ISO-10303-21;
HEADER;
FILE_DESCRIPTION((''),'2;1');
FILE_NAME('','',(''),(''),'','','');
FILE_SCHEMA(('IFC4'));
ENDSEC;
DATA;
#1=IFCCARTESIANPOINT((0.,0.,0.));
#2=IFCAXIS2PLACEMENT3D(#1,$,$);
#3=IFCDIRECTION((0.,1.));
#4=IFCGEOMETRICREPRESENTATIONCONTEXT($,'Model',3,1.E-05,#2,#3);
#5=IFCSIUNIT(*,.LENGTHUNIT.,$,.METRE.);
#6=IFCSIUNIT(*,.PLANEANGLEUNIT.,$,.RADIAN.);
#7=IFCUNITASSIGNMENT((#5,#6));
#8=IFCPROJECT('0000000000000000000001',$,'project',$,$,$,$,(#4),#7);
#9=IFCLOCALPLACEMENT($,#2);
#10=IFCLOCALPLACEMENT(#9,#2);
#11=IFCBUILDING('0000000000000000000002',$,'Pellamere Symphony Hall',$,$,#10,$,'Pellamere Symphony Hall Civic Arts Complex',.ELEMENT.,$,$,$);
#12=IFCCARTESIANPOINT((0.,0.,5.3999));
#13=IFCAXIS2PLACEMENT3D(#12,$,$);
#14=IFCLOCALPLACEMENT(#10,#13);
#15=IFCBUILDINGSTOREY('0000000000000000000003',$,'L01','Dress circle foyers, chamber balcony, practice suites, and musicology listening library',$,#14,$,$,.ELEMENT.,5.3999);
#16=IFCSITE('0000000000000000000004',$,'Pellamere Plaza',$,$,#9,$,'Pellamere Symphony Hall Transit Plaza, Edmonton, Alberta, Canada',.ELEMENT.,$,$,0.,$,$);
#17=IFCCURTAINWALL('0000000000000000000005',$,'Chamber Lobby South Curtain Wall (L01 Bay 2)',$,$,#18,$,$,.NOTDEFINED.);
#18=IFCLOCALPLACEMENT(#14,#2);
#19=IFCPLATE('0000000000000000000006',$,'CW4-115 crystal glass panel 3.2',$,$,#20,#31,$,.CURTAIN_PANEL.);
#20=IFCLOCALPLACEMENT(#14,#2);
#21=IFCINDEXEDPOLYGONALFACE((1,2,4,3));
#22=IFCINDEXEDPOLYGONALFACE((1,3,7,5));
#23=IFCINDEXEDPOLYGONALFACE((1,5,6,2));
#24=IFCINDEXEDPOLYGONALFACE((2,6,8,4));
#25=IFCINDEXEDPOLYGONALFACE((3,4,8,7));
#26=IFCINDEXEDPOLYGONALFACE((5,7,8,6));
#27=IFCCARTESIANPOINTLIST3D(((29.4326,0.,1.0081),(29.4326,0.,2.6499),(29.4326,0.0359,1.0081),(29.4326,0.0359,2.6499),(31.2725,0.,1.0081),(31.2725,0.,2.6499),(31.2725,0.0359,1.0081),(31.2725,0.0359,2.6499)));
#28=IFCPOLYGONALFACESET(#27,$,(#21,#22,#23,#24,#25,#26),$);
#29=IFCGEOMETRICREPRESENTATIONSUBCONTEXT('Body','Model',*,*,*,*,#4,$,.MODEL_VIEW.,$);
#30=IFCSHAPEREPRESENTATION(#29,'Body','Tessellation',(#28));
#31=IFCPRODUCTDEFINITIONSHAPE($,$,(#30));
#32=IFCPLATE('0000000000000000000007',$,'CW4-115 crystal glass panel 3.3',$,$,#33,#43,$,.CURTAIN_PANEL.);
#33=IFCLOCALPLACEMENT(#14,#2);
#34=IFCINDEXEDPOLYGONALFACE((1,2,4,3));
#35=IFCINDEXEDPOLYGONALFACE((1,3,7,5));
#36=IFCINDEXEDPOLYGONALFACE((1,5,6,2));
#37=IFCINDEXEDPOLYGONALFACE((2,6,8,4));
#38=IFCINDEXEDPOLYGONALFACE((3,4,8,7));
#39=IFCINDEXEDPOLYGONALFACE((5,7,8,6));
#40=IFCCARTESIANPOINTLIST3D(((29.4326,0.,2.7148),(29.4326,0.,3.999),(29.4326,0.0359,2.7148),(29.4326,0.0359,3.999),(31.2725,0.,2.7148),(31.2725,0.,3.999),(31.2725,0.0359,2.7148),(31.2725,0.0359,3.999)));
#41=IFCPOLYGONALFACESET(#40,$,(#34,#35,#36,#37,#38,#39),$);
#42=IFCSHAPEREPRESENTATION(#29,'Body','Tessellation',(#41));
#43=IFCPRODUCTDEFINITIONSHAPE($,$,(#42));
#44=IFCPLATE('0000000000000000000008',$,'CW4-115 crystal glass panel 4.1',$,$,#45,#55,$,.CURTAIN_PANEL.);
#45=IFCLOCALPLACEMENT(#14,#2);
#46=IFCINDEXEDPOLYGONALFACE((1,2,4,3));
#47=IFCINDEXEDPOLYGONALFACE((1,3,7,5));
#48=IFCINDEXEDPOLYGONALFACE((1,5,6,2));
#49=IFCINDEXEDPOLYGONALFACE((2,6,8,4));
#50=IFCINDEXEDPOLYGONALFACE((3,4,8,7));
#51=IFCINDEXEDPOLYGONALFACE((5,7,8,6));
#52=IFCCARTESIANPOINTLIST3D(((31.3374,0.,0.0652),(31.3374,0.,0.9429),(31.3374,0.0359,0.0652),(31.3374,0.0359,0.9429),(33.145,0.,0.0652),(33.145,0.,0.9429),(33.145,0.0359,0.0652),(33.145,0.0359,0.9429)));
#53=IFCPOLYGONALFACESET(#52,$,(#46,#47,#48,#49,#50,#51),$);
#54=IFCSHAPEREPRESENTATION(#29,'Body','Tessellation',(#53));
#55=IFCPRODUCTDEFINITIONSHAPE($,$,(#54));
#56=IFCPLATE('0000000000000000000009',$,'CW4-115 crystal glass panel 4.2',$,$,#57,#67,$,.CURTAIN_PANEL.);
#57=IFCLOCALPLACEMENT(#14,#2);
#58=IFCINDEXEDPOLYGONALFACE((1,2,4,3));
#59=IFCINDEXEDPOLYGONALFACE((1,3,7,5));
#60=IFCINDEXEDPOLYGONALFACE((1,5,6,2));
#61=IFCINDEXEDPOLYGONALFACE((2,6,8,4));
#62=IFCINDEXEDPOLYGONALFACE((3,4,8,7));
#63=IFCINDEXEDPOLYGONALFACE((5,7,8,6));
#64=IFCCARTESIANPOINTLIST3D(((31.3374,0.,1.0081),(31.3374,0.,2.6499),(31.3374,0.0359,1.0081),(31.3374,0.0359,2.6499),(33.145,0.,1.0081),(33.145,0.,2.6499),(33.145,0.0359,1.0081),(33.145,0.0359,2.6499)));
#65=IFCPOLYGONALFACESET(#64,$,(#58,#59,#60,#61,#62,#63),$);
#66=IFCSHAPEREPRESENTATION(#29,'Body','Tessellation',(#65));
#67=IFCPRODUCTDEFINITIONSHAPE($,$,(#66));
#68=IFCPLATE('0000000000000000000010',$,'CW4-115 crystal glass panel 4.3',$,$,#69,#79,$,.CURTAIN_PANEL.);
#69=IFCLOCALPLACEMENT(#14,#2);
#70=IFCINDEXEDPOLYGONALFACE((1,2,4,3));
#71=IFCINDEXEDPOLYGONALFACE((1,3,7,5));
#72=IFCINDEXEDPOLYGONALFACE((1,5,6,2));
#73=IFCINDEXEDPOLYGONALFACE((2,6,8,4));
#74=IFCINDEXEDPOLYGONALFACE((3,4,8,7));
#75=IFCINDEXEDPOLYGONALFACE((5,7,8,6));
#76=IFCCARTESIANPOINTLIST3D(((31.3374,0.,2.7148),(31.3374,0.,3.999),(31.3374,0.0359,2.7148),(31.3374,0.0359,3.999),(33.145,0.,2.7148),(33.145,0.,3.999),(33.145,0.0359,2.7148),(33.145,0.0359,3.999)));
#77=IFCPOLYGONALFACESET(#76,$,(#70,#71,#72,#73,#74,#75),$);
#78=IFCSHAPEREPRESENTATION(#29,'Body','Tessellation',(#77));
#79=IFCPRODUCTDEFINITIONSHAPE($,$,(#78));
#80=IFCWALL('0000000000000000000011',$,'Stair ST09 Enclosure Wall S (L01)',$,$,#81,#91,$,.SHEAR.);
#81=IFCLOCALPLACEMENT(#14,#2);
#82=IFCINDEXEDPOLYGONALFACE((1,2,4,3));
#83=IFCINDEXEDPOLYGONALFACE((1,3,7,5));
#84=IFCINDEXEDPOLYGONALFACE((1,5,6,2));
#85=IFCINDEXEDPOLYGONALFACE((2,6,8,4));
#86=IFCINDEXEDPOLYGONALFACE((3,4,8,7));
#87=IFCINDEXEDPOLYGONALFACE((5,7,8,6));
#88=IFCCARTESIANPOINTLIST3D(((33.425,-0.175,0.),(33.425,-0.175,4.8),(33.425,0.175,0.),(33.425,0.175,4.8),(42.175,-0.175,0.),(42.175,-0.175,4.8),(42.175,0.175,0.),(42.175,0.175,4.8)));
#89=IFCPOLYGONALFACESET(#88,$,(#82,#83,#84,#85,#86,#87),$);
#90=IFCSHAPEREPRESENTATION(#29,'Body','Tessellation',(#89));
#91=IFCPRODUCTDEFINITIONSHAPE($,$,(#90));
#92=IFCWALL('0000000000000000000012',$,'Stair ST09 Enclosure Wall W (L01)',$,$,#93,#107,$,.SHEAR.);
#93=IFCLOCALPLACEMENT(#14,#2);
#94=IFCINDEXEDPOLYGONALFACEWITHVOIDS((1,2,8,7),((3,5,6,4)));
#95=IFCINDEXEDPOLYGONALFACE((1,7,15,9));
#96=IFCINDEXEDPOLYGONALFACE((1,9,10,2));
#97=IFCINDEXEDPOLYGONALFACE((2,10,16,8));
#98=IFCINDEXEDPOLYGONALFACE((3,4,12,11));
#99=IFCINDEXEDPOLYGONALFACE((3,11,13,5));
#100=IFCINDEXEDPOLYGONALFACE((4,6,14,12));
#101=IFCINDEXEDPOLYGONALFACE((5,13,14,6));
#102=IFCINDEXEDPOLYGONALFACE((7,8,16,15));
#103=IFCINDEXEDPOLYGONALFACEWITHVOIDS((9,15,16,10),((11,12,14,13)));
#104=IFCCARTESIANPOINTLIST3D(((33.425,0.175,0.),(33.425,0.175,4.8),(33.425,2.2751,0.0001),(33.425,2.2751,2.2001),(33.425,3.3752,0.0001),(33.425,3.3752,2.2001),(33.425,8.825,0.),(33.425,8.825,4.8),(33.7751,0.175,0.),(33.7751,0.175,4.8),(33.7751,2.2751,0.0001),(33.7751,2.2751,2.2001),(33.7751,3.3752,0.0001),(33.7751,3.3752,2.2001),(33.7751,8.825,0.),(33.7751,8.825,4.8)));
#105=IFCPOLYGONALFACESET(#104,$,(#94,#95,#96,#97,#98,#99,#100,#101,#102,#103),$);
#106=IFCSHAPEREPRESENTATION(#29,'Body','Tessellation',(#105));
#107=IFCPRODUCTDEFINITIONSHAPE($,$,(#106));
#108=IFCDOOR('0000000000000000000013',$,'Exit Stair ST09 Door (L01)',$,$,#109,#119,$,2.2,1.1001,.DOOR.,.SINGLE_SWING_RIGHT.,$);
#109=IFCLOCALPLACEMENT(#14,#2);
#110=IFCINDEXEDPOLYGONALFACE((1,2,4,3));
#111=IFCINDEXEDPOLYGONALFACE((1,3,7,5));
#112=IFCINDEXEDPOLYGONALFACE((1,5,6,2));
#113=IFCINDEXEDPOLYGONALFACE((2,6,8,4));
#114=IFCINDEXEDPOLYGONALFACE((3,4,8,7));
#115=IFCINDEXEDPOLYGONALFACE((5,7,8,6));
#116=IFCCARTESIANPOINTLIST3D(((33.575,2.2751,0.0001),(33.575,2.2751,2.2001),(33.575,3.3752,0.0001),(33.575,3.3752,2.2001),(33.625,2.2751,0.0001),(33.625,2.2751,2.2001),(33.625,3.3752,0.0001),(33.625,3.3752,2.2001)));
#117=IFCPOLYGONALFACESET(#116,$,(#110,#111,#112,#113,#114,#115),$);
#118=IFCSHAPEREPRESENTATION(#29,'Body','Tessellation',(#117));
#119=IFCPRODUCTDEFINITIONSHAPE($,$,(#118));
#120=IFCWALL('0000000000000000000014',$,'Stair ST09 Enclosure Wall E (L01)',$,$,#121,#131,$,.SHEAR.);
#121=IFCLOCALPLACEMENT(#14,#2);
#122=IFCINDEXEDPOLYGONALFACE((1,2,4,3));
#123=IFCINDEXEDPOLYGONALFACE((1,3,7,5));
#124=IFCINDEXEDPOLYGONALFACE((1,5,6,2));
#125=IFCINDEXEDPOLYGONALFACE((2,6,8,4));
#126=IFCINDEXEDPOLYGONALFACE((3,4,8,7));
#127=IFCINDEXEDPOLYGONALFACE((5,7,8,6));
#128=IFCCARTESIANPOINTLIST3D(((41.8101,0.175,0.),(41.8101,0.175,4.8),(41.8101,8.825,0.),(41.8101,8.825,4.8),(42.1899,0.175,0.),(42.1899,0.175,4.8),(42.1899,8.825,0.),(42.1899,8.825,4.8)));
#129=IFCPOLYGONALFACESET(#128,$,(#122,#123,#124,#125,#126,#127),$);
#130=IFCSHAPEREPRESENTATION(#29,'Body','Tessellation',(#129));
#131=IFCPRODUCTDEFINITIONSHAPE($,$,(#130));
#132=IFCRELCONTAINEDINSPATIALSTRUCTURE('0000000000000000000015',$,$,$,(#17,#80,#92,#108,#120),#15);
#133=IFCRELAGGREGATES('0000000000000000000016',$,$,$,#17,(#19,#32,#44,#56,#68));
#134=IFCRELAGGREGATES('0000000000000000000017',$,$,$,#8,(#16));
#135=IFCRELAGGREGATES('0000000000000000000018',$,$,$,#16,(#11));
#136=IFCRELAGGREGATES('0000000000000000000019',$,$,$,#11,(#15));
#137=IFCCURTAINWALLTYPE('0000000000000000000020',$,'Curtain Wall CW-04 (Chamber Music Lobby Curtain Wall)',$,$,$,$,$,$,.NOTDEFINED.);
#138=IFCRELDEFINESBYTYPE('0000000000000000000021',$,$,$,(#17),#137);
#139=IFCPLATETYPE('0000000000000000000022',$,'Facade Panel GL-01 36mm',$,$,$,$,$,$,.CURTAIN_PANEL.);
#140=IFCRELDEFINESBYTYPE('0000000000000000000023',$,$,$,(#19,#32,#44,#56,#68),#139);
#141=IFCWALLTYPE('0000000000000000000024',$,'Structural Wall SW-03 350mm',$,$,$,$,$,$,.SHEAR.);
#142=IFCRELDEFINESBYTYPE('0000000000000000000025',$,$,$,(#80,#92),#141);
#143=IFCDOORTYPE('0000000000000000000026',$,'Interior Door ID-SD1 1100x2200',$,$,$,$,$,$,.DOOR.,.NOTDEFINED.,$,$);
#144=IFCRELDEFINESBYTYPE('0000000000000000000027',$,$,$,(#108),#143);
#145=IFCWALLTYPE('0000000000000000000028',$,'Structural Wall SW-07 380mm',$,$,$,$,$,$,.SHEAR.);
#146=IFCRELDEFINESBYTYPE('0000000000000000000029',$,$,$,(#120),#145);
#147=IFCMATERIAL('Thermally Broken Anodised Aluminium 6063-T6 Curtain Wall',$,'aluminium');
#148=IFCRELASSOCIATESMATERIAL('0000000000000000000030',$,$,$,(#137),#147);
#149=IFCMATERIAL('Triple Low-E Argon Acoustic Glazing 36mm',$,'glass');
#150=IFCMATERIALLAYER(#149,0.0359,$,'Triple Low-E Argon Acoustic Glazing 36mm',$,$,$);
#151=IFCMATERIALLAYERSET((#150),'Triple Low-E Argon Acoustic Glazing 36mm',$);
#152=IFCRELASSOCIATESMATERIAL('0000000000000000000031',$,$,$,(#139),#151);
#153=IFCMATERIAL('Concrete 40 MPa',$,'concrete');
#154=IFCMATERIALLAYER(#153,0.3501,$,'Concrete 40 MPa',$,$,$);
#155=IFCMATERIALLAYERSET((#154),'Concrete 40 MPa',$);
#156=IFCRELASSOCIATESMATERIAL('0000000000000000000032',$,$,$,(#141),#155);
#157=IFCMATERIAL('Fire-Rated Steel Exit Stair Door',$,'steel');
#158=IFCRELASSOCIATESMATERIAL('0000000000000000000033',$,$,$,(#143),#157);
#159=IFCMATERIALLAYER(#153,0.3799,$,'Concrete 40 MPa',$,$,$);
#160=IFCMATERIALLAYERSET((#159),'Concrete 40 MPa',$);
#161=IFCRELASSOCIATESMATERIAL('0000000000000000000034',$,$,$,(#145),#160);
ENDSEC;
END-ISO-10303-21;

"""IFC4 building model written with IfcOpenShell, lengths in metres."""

from ifc_helpers import new_model, si_unit, direction, frame, frame_2d, origin, place, context, subcontext, project, spatial, polyline, rectangle, outline, extrude, material, layer, layer_set, type_object, element, fill, aggregate, save


model = new_model("IFC4")

# Units and contexts
model_context = context("Model", 3, precision=1e-05, world=origin(), true_north=direction((0.0, 1.0)))
body_context = subcontext(model_context, "Body", "Model", "MODEL_VIEW")
ifc_project = project(units=[si_unit("LENGTHUNIT", "METRE"), si_unit("PLANEANGLEUNIT", "RADIAN")], contexts=[model_context])

# Site, building, storey
site_placement = place(None, origin())
site = spatial("IfcSite", under=ifc_project, at=site_placement, Name="Pellamere Plaza", LongName="Pellamere Symphony Hall Transit Plaza, Edmonton, Alberta, Canada", CompositionType="ELEMENT", RefElevation=0.0)
building_placement = place(site_placement, origin())
building = spatial("IfcBuilding", under=site, at=building_placement, Name="Pellamere Symphony Hall", LongName="Pellamere Symphony Hall Civic Arts Complex", CompositionType="ELEMENT")
storey_placement = place(building_placement, frame((0.0, 0.0, 5.3999)))
storey = spatial("IfcBuildingStorey", under=building, at=storey_placement, Name="L01", Description="Dress circle foyers, chamber balcony, practice suites, and musicology listening library", CompositionType="ELEMENT", Elevation=5.3999)

# Shared definitions
ifc_material_1 = material(Name="Concrete 40 MPa", Category="concrete")

# Curtain wall, plates
ifc_material_2 = material(Name="Thermally Broken Anodised Aluminium 6063-T6 Curtain Wall", Category="aluminium")
curtain_wall_type = type_object("IfcCurtainWallType", Name="Curtain Wall CW-04 (Chamber Music Lobby Curtain Wall)", PredefinedType="NOTDEFINED", material=ifc_material_2)
curtain_wall_placement = place(storey_placement, origin())
curtain_wall = element("IfcCurtainWall", 1, at=curtain_wall_placement, inside=storey, type_object=curtain_wall_type, Name="Chamber Lobby South Curtain Wall (L01 Bay 2)", PredefinedType="NOTDEFINED")
ifc_material_3 = material(Name="Triple Low-E Argon Acoustic Glazing 36mm", Category="glass")
ifc_layer_1 = layer(ifc_material_3, 0.0359, Name="Triple Low-E Argon Acoustic Glazing 36mm")
ifc_layer_set_1 = layer_set([ifc_layer_1], Name="Triple Low-E Argon Acoustic Glazing 36mm")
plate_type = type_object("IfcPlateType", Name="Facade Panel GL-01 36mm", PredefinedType="CURTAIN_PANEL", material=ifc_layer_set_1)
plate_1_placement = place(storey_placement, frame((29.4326, 0.0, 1.0081), z_axis=(0.0, -1.0, 0.0), x_axis=(1.0, 0.0, 0.0)))
plate_1 = element("IfcPlate", 2, at=plate_1_placement, type_object=plate_type, Name="CW4-115 crystal glass panel 3.2", PredefinedType="CURTAIN_PANEL", context=body_context, shape_type="SweptSolid", body=[
    extrude(outline(polyline([(0.0, 0.0), (1.8398, 0.0), (1.8398, 1.6418), (0.0, 1.6418), (0.0, 0.0)])), origin(), (0.0, 0.0, -1.0), 0.0359),
])
plate_2_placement = place(storey_placement, frame((29.4326, 0.0, 2.7148), z_axis=(0.0, -1.0, 0.0), x_axis=(1.0, 0.0, 0.0)))
plate_2 = element("IfcPlate", 3, at=plate_2_placement, type_object=plate_type, Name="CW4-115 crystal glass panel 3.3", PredefinedType="CURTAIN_PANEL", context=body_context, shape_type="SweptSolid", body=[
    extrude(outline(polyline([(0.0, 0.0), (1.8398, 0.0), (1.8398, 1.2842), (0.0, 1.2842), (0.0, 0.0)])), origin(), (0.0, 0.0, -1.0), 0.0359),
])
plate_3_placement = place(storey_placement, frame((31.3374, 0.0, 0.0652), z_axis=(0.0, -1.0, 0.0), x_axis=(1.0, 0.0, 0.0)))
plate_3 = element("IfcPlate", 4, at=plate_3_placement, type_object=plate_type, Name="CW4-115 crystal glass panel 4.1", PredefinedType="CURTAIN_PANEL", context=body_context, shape_type="SweptSolid", body=[
    extrude(outline(polyline([(0.0, 0.0), (1.8076, 0.0), (1.8076, 0.8777), (0.0, 0.8777), (0.0, 0.0)])), origin(), (0.0, 0.0, -1.0), 0.0359),
])
plate_4_placement = place(storey_placement, frame((31.3374, 0.0, 1.0081), z_axis=(0.0, -1.0, 0.0), x_axis=(1.0, 0.0, 0.0)))
plate_4 = element("IfcPlate", 5, at=plate_4_placement, type_object=plate_type, Name="CW4-115 crystal glass panel 4.2", PredefinedType="CURTAIN_PANEL", context=body_context, shape_type="SweptSolid", body=[
    extrude(outline(polyline([(0.0, 0.0), (1.8076, 0.0), (1.8076, 1.6418), (0.0, 1.6418), (0.0, 0.0)])), origin(), (0.0, 0.0, -1.0), 0.0359),
])
plate_5_placement = place(storey_placement, frame((31.3374, 0.0, 2.7148), z_axis=(0.0, -1.0, 0.0), x_axis=(1.0, 0.0, 0.0)))
plate_5 = element("IfcPlate", 6, at=plate_5_placement, type_object=plate_type, Name="CW4-115 crystal glass panel 4.3", PredefinedType="CURTAIN_PANEL", context=body_context, shape_type="SweptSolid", body=[
    extrude(outline(polyline([(0.0, 0.0), (1.8076, 0.0), (1.8076, 1.2842), (0.0, 1.2842), (0.0, 0.0)])), origin(), (0.0, 0.0, -1.0), 0.0359),
])
aggregate(curtain_wall, [plate_1, plate_2, plate_3, plate_4, plate_5])

# Wall
ifc_layer_2 = layer(ifc_material_1, 0.3501, Name="Concrete 40 MPa")
ifc_layer_set_2 = layer_set([ifc_layer_2], Name="Concrete 40 MPa")
wall_type_1 = type_object("IfcWallType", Name="Structural Wall SW-03 350mm", PredefinedType="SHEAR", material=ifc_layer_set_2)
wall_1_placement = place(storey_placement, frame((33.425, 0.0, 0.0), z_axis=(0.0, 0.0, 1.0), x_axis=(1.0, 0.0, 0.0)))
element("IfcWall", 7, at=wall_1_placement, inside=storey, type_object=wall_type_1, Name="Stair ST09 Enclosure Wall S (L01)", PredefinedType="SHEAR", context=body_context, shape_type="SweptSolid", body=[
    extrude(rectangle(XDim=8.75, YDim=0.3501, at=frame_2d((4.375, 0.0))), origin(), (0.0, 0.0, 1.0), 4.8),
])

# Wall, opening, door
wall_2_placement = place(storey_placement, frame((33.6001, 0.175, 0.0), z_axis=(0.0, 0.0, 1.0), x_axis=(0.0, 1.0, 0.0)))
wall_2 = element("IfcWall", 8, at=wall_2_placement, inside=storey, type_object=wall_type_1, Name="Stair ST09 Enclosure Wall W (L01)", PredefinedType="SHEAR", context=body_context, shape_type="SweptSolid", body=[
    extrude(rectangle(XDim=8.6499, YDim=0.3501, at=frame_2d((4.325, 0.0))), origin(), (0.0, 0.0, 1.0), 4.8),
])
opening_placement = place(wall_2_placement, frame((2.1001, 0.0, 0.0)))
opening = element("IfcOpeningElement", 9, at=opening_placement, cuts=wall_2, PredefinedType="OPENING", context=body_context, shape_type="SweptSolid", body=[
    extrude(rectangle(XDim=1.1001, YDim=2.2, at=frame_2d((0.55, 1.1001))), frame((0.0, 0.1851, 0.0), z_axis=(0.0, -1.0, 0.0), x_axis=(1.0, 0.0, 0.0)), (0.0, 0.0, 1.0), 0.3701),
])
ifc_material_4 = material(Name="Fire-Rated Steel Exit Stair Door", Category="steel")
door_type = type_object("IfcDoorType", Name="Interior Door ID-SD1 1100x2200", OperationType="NOTDEFINED", PredefinedType="DOOR", material=ifc_material_4)
door_placement = place(opening_placement, frame((1.1001, 0.0, 0.0), z_axis=(0.0, 0.0, 1.0), x_axis=(-1.0, 0.0, 0.0)))
door = element("IfcDoor", 10, at=door_placement, inside=storey, type_object=door_type, Name="Exit Stair ST09 Door (L01)", OperationType="SINGLE_SWING_RIGHT", OverallHeight=2.2, OverallWidth=1.1001, PredefinedType="DOOR", context=body_context, shape_type="SweptSolid", body=[
    extrude(rectangle(XDim=1.1001, YDim=2.2, at=frame_2d((0.55, 1.1001))), frame((0.0, 0.0249, 0.0), z_axis=(0.0, -1.0, 0.0), x_axis=(1.0, 0.0, 0.0)), (0.0, 0.0, 1.0), 0.05),
])
fill(opening, door)

# Wall
ifc_layer_3 = layer(ifc_material_1, 0.3799, Name="Concrete 40 MPa")
ifc_layer_set_3 = layer_set([ifc_layer_3], Name="Concrete 40 MPa")
wall_type_2 = type_object("IfcWallType", Name="Structural Wall SW-07 380mm", PredefinedType="SHEAR", material=ifc_layer_set_3)
wall_3_placement = place(storey_placement, frame((42.0, 0.175, 0.0), z_axis=(0.0, 0.0, 1.0), x_axis=(0.0, 1.0, 0.0)))
element("IfcWall", 11, at=wall_3_placement, inside=storey, type_object=wall_type_2, Name="Stair ST09 Enclosure Wall E (L01)", PredefinedType="SHEAR", context=body_context, shape_type="SweptSolid", body=[
    extrude(rectangle(XDim=8.6499, YDim=0.3799, at=frame_2d((4.325, 0.0))), origin(), (0.0, 0.0, 1.0), 4.8),
])

save(model, "model.ifc")
